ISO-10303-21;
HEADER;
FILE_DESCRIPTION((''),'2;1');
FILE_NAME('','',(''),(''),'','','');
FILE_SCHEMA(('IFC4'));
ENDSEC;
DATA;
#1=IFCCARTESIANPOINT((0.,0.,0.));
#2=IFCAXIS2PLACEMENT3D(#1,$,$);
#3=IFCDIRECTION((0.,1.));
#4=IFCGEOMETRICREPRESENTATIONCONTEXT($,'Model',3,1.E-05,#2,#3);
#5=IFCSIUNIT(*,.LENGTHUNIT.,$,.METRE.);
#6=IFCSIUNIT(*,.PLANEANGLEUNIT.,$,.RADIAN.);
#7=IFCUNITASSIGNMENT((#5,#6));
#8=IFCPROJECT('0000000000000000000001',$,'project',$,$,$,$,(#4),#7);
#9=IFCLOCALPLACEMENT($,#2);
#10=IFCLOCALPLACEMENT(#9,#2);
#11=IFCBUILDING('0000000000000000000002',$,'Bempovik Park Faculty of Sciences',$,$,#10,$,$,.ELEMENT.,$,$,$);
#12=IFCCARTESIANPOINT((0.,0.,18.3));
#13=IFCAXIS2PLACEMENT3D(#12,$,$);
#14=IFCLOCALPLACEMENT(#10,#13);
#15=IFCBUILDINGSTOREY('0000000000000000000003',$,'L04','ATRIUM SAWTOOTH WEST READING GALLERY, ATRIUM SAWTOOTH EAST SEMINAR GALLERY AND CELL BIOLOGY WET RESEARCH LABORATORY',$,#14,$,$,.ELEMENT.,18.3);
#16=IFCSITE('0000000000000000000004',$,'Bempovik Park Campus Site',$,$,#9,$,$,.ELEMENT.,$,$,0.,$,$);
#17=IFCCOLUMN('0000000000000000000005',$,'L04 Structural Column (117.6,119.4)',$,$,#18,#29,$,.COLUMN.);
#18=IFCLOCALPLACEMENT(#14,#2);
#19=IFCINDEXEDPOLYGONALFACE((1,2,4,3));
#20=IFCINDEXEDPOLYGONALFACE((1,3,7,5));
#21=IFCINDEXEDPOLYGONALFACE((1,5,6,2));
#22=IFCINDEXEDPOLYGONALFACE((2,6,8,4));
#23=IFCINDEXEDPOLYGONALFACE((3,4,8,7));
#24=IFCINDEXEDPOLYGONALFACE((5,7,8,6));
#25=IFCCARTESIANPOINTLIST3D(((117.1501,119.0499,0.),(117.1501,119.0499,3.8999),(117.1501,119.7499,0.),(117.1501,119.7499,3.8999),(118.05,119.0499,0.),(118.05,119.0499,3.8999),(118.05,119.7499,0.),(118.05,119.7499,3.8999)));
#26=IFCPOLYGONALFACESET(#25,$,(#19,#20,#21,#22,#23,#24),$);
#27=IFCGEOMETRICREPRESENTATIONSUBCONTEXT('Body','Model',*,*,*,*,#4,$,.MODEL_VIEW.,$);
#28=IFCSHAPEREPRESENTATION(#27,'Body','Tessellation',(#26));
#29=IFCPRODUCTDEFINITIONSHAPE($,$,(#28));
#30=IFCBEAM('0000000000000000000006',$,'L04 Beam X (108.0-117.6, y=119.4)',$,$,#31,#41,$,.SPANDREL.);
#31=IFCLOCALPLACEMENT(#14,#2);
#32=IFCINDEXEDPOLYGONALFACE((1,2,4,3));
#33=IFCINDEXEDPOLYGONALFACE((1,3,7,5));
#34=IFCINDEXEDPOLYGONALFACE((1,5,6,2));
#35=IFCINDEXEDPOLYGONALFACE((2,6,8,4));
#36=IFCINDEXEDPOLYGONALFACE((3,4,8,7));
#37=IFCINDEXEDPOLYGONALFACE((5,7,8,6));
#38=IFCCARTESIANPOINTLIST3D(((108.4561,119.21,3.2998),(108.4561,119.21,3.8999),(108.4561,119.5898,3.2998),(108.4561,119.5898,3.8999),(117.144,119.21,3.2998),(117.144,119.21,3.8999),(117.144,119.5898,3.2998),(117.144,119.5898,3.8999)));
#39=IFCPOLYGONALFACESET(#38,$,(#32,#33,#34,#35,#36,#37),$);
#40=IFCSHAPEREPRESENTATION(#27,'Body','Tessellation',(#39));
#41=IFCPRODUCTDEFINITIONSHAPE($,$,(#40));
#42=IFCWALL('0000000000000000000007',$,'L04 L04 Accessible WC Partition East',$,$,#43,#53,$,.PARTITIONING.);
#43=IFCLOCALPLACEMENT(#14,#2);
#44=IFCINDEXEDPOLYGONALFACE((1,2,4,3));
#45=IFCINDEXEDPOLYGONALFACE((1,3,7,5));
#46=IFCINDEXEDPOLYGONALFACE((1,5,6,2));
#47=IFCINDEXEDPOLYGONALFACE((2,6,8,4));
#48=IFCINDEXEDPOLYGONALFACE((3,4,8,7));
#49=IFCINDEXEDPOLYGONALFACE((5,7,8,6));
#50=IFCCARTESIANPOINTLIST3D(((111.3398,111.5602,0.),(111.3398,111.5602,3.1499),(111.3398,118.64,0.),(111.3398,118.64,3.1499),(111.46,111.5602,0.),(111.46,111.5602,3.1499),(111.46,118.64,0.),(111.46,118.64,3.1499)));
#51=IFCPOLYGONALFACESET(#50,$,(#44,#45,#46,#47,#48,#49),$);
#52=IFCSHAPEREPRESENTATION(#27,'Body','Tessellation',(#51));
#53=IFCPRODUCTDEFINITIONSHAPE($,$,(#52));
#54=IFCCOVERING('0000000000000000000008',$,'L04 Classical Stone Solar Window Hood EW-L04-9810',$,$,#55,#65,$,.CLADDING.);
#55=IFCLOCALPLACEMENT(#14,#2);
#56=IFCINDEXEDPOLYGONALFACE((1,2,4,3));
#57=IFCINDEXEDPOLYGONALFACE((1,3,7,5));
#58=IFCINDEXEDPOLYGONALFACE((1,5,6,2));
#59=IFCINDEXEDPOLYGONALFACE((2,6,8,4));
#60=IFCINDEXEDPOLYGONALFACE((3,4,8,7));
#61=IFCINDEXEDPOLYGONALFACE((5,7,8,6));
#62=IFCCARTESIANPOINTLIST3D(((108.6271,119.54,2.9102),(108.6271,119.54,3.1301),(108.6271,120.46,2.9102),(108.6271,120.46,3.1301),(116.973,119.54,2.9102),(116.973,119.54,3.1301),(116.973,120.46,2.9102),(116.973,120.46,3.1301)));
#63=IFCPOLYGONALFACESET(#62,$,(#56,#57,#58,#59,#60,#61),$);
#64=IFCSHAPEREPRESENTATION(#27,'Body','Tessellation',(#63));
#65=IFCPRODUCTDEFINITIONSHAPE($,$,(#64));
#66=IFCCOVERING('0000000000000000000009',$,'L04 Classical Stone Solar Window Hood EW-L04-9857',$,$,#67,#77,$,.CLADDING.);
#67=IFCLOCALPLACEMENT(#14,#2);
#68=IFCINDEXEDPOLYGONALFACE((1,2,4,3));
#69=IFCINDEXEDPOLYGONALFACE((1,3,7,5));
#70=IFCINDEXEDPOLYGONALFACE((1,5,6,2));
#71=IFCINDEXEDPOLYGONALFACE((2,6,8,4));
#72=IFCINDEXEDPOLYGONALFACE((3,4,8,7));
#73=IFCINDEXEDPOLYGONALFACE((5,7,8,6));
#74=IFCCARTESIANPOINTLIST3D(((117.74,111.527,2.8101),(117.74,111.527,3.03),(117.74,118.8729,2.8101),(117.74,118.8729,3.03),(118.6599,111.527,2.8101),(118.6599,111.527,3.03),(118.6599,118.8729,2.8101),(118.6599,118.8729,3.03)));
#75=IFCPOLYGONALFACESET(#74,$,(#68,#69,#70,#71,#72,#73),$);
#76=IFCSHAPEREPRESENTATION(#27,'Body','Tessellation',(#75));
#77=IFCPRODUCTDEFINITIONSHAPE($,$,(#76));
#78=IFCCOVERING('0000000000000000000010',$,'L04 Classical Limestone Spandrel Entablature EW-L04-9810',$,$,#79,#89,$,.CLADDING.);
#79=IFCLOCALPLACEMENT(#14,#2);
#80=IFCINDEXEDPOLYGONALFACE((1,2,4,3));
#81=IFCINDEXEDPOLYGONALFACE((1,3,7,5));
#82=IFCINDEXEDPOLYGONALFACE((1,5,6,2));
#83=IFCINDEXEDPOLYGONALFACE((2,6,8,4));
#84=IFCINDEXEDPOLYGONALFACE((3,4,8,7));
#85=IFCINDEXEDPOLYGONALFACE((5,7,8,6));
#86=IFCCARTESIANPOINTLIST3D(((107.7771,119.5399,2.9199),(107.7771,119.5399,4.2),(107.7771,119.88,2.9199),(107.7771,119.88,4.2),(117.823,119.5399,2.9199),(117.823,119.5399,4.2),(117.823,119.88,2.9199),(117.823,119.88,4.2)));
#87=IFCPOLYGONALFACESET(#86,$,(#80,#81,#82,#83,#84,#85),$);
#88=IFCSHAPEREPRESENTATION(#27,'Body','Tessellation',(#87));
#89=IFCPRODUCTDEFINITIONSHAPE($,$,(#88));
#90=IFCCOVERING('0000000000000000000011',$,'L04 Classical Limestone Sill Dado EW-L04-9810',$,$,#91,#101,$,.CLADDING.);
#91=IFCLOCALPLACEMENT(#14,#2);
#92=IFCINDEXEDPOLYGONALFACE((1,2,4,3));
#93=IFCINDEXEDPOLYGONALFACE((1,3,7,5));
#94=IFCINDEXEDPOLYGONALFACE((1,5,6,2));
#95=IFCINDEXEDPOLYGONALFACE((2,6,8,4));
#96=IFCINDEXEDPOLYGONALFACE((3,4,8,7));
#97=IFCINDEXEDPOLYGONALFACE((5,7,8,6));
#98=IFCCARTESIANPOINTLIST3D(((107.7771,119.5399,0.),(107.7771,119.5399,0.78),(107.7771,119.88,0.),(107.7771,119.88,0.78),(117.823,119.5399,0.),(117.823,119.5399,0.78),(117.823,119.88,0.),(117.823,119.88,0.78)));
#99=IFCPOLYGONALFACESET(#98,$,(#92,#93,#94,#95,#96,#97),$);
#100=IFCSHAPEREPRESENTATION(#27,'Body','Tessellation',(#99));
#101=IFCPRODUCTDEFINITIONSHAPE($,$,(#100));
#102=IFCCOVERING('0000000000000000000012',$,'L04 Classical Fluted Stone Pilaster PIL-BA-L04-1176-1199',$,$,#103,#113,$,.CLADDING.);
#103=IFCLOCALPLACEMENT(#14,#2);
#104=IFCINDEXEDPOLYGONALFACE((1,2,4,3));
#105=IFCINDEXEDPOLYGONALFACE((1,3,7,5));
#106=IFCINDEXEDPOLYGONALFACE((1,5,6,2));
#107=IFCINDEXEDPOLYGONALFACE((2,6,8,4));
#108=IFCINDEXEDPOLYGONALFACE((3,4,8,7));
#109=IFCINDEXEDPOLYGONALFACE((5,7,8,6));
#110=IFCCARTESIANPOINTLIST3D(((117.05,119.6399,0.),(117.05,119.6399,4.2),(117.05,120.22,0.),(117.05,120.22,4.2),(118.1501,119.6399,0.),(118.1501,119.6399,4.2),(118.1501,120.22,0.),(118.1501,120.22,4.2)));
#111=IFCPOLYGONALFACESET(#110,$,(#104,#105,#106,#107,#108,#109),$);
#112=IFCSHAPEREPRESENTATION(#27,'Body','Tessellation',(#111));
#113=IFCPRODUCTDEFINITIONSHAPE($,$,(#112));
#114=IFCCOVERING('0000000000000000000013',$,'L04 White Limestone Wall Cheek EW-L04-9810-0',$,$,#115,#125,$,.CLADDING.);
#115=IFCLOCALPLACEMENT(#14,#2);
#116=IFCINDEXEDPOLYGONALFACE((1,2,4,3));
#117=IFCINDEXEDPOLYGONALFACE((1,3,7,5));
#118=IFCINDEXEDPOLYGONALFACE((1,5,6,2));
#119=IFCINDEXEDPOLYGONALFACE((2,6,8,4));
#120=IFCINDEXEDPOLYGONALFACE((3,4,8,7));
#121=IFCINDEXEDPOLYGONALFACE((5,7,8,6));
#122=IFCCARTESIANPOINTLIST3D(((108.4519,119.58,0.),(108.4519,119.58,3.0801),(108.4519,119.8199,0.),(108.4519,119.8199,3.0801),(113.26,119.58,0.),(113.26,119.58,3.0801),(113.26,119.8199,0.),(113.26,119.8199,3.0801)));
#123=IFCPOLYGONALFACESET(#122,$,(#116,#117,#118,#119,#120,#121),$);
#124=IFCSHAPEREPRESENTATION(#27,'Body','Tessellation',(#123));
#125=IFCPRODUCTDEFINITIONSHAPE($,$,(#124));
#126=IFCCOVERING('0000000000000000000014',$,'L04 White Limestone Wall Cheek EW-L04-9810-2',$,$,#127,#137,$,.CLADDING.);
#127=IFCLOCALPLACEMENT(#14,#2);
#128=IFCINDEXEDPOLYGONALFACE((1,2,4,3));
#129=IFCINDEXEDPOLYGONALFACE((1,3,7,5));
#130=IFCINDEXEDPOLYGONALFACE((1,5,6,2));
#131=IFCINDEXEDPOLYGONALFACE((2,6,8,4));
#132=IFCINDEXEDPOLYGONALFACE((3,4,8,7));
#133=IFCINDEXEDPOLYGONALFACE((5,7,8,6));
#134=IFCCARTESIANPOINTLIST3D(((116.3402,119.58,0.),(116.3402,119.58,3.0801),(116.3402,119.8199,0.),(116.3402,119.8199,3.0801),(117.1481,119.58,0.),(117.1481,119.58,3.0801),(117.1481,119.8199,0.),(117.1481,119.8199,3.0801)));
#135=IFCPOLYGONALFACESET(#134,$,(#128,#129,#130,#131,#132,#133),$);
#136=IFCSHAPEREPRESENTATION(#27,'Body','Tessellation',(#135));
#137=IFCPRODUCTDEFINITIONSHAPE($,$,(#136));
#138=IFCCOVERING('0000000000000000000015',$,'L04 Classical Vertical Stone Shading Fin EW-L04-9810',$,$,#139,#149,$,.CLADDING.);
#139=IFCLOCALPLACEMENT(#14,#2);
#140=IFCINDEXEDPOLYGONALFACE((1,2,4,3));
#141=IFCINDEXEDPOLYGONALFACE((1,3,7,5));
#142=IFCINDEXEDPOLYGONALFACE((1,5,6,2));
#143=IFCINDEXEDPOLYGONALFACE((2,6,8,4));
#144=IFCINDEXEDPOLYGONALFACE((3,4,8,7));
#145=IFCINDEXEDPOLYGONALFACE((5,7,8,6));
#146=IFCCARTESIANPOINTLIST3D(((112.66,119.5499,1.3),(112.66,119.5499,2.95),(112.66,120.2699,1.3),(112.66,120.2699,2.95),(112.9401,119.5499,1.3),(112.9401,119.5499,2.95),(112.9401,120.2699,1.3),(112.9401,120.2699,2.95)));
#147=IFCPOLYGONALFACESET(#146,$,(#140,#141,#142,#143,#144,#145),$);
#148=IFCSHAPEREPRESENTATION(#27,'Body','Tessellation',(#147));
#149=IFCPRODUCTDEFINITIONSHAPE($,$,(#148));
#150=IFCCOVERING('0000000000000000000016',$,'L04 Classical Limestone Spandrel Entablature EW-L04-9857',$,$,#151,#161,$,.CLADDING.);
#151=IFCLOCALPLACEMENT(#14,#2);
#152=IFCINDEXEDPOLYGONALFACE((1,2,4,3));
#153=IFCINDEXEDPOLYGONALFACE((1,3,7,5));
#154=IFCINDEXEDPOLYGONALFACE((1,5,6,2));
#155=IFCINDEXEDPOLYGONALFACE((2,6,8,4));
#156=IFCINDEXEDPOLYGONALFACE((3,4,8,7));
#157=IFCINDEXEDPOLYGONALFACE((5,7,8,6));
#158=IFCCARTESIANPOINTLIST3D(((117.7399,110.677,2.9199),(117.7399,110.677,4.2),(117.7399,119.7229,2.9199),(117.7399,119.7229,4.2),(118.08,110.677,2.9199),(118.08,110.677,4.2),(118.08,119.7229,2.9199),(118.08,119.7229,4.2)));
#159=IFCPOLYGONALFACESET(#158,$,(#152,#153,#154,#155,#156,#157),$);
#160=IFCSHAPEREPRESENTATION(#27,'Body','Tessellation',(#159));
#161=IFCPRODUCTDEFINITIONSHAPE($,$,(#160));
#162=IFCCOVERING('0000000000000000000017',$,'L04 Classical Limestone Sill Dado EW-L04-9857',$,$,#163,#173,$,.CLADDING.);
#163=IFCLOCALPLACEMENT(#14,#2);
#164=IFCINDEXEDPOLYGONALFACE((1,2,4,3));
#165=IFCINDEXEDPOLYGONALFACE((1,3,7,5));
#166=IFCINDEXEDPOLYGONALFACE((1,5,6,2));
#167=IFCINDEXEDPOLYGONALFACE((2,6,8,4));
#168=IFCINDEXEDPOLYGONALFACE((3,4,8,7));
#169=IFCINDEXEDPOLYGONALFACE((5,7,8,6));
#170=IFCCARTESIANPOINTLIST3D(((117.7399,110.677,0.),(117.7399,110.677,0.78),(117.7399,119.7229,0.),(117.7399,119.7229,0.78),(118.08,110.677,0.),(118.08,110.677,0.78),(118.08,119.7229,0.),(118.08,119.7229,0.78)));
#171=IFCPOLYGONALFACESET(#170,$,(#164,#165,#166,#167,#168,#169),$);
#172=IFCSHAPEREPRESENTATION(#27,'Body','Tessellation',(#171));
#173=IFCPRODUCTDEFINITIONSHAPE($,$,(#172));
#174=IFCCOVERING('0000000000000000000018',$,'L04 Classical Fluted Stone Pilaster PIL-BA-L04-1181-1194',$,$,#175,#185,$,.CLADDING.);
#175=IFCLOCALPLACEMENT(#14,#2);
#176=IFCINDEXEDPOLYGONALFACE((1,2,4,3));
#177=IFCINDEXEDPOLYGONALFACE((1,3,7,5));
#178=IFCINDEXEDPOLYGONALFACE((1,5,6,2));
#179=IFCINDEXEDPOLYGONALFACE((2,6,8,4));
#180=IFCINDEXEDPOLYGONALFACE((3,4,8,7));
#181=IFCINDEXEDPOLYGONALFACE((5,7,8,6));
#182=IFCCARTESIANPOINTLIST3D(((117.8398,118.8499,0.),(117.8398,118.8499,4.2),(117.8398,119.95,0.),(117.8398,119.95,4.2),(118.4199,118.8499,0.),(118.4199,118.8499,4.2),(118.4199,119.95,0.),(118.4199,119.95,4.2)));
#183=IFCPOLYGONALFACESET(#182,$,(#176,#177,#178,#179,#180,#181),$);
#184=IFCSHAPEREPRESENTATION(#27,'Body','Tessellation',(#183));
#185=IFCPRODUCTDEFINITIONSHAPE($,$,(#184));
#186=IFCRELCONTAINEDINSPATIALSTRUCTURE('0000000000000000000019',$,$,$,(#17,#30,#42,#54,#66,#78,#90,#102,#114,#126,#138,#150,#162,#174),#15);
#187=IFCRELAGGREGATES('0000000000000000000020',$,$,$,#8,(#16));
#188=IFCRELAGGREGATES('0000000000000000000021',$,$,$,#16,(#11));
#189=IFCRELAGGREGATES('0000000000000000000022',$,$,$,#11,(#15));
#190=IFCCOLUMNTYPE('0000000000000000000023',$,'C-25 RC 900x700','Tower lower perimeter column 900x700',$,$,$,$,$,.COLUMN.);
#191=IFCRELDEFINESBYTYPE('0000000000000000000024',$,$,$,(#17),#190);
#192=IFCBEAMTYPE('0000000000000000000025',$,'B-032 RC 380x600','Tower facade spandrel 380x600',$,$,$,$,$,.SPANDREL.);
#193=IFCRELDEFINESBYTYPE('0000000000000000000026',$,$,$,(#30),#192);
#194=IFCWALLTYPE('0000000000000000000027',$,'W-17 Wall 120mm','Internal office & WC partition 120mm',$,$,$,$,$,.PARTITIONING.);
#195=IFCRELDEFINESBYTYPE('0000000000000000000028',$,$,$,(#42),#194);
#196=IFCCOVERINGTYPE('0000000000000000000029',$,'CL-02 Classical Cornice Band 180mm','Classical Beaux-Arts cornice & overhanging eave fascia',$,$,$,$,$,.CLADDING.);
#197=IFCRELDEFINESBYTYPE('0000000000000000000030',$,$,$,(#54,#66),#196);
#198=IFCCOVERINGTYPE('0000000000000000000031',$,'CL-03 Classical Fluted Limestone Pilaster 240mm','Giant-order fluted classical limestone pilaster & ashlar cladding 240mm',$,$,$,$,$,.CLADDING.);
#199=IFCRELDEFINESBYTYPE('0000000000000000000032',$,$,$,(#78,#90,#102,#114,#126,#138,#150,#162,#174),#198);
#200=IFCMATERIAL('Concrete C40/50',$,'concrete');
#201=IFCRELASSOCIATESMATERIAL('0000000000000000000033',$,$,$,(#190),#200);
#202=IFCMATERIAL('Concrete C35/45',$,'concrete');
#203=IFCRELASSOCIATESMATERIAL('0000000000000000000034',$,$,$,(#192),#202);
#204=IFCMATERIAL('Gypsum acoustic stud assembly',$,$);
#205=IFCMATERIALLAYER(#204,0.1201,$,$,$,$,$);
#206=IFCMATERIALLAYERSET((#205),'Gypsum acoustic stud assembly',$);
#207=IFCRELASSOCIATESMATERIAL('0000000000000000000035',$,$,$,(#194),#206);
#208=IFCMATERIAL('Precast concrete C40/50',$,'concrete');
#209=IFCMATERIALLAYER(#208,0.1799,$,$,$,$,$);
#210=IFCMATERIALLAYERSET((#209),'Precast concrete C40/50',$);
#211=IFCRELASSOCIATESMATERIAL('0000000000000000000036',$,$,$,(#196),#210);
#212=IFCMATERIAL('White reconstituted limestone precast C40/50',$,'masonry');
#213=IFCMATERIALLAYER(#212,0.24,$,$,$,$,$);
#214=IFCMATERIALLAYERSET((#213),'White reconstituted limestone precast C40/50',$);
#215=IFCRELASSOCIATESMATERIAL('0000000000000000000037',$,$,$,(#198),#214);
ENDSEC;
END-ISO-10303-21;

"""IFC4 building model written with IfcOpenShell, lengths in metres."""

from ifc_helpers import new_model, si_unit, direction, frame, frame_2d, origin, origin_2d, place, context, subcontext, project, spatial, rectangle, extrude, material, layer, layer_set, material_profile, profile_set, type_object, element, save


model = new_model("IFC4")

# Units and contexts
model_context = context("Model", 3, precision=1e-05, world=origin(), true_north=direction((0.0, 1.0)))
body_context = subcontext(model_context, "Body", "Model", "MODEL_VIEW")
ifc_project = project(units=[si_unit("LENGTHUNIT", "METRE"), si_unit("PLANEANGLEUNIT", "RADIAN")], contexts=[model_context])

# Site, building, storey
site_placement = place(None, origin())
site = spatial("IfcSite", under=ifc_project, at=site_placement, Name="Bempovik Park Campus Site", CompositionType="ELEMENT", RefElevation=0.0)
building_placement = place(site_placement, origin())
building = spatial("IfcBuilding", under=site, at=building_placement, Name="Bempovik Park Faculty of Sciences", CompositionType="ELEMENT")
storey_placement = place(building_placement, frame((0.0, 0.0, 18.3)))
storey = spatial("IfcBuildingStorey", under=building, at=storey_placement, Name="L04", Description="ATRIUM SAWTOOTH WEST READING GALLERY, ATRIUM SAWTOOTH EAST SEMINAR GALLERY AND CELL BIOLOGY WET RESEARCH LABORATORY", CompositionType="ELEMENT", Elevation=18.3)

# Column
ifc_material_1 = material(Name="Concrete C40/50", Category="concrete")
ifc_material_profile_1 = material_profile(ifc_material_1, rectangle(XDim=0.8999, YDim=0.7, at=origin_2d()), Name="RC 900x700")
ifc_profile_set_1 = profile_set([ifc_material_profile_1], Name="Concrete C40/50")
column_type = type_object("IfcColumnType", Name="C-25 RC 900x700", Description="Tower lower perimeter column 900x700", PredefinedType="COLUMN", material=ifc_profile_set_1)
column_placement = place(storey_placement, frame((117.6001, 119.3999, 0.0), z_axis=(0.0, 0.0, 1.0), x_axis=(1.0, 0.0, 0.0)))
element("IfcColumn", 1, at=column_placement, inside=storey, type_object=column_type, Name="L04 Structural Column (117.6,119.4)", PredefinedType="COLUMN", context=body_context, shape_type="SweptSolid", body=[
    extrude(rectangle(XDim=0.8999, YDim=0.7, at=origin_2d()), origin(), (0.0, 0.0, 1.0), 3.8999),
])

# Beam
ifc_material_2 = material(Name="Concrete C35/45", Category="concrete")
ifc_material_profile_2 = material_profile(ifc_material_2, rectangle(XDim=0.3799, YDim=0.6001, at=origin_2d()), Name="RC 380x600")
ifc_profile_set_2 = profile_set([ifc_material_profile_2], Name="Concrete C35/45")
beam_type = type_object("IfcBeamType", Name="B-032 RC 380x600", Description="Tower facade spandrel 380x600", PredefinedType="SPANDREL", material=ifc_profile_set_2)
beam_placement = place(storey_placement, frame((108.4561, 119.3999, 3.5999), z_axis=(1.0, 0.0, 0.0), x_axis=(0.0, 1.0, 0.0)))
element("IfcBeam", 2, at=beam_placement, inside=storey, type_object=beam_type, Name="L04 Beam X (108.0-117.6, y=119.4)", PredefinedType="SPANDREL", context=body_context, shape_type="SweptSolid", body=[
    extrude(rectangle(XDim=0.3799, YDim=0.6001, at=origin_2d()), origin(), (0.0, 0.0, 1.0), 8.688),
])

# Wall
ifc_material_3 = material(Name="Gypsum acoustic stud assembly")
ifc_layer_1 = layer(ifc_material_3, 0.1201)
ifc_layer_set_1 = layer_set([ifc_layer_1], Name="Gypsum acoustic stud assembly")
wall_type = type_object("IfcWallType", Name="W-17 Wall 120mm", Description="Internal office & WC partition 120mm", PredefinedType="PARTITIONING", material=ifc_layer_set_1)
wall_placement = place(storey_placement, frame((111.3999, 111.5601, 0.0), z_axis=(0.0, 0.0, 1.0), x_axis=(0.0, 1.0, 0.0)))
element("IfcWall", 3, at=wall_placement, inside=storey, type_object=wall_type, Name="L04 L04 Accessible WC Partition East", PredefinedType="PARTITIONING", context=body_context, shape_type="SweptSolid", body=[
    extrude(rectangle(XDim=7.0798, YDim=0.1201, at=frame_2d((3.54, 0.0))), origin(), (0.0, 0.0, 1.0), 3.1499),
])

# Coverings
ifc_material_4 = material(Name="Precast concrete C40/50", Category="concrete")
ifc_layer_2 = layer(ifc_material_4, 0.1799)
ifc_layer_set_2 = layer_set([ifc_layer_2], Name="Precast concrete C40/50")
covering_type_1 = type_object("IfcCoveringType", Name="CL-02 Classical Cornice Band 180mm", Description="Classical Beaux-Arts cornice & overhanging eave fascia", PredefinedType="CLADDING", material=ifc_layer_set_2)
covering_1_placement = place(storey_placement, frame((112.8, 120.0, 2.9102), z_axis=(0.0, 0.0, 1.0), x_axis=(1.0, 0.0, 0.0)))
element("IfcCovering", 4, at=covering_1_placement, inside=storey, type_object=covering_type_1, Name="L04 Classical Stone Solar Window Hood EW-L04-9810", PredefinedType="CLADDING", context=body_context, shape_type="SweptSolid", body=[
    extrude(rectangle(XDim=8.3459, YDim=0.9199, at=origin_2d()), origin(), (0.0, 0.0, 1.0), 0.22),
])
covering_2_placement = place(storey_placement, frame((118.2, 115.2, 2.8101), z_axis=(0.0, 0.0, 1.0), x_axis=(1.0, 0.0, 0.0)))
element("IfcCovering", 5, at=covering_2_placement, inside=storey, type_object=covering_type_1, Name="L04 Classical Stone Solar Window Hood EW-L04-9857", PredefinedType="CLADDING", context=body_context, shape_type="SweptSolid", body=[
    extrude(rectangle(XDim=0.9199, YDim=7.3459, at=origin_2d()), origin(), (0.0, 0.0, 1.0), 0.22),
])
ifc_material_5 = material(Name="White reconstituted limestone precast C40/50", Category="masonry")
ifc_layer_3 = layer(ifc_material_5, 0.24)
ifc_layer_set_3 = layer_set([ifc_layer_3], Name="White reconstituted limestone precast C40/50")
covering_type_2 = type_object("IfcCoveringType", Name="CL-03 Classical Fluted Limestone Pilaster 240mm", Description="Giant-order fluted classical limestone pilaster & ashlar cladding 240mm", PredefinedType="CLADDING", material=ifc_layer_set_3)
covering_3_placement = place(storey_placement, frame((112.8, 119.71, 2.9199), z_axis=(0.0, 0.0, 1.0), x_axis=(1.0, 0.0, 0.0)))
element("IfcCovering", 6, at=covering_3_placement, inside=storey, type_object=covering_type_2, Name="L04 Classical Limestone Spandrel Entablature EW-L04-9810", PredefinedType="CLADDING", context=body_context, shape_type="SweptSolid", body=[
    extrude(rectangle(XDim=10.0459, YDim=0.3401, at=origin_2d()), origin(), (0.0, 0.0, 1.0), 1.28),
])
covering_4_placement = place(storey_placement, frame((112.8, 119.71, 0.0), z_axis=(0.0, 0.0, 1.0), x_axis=(1.0, 0.0, 0.0)))
element("IfcCovering", 7, at=covering_4_placement, inside=storey, type_object=covering_type_2, Name="L04 Classical Limestone Sill Dado EW-L04-9810", PredefinedType="CLADDING", context=body_context, shape_type="SweptSolid", body=[
    extrude(rectangle(XDim=10.0459, YDim=0.3401, at=origin_2d()), origin(), (0.0, 0.0, 1.0), 0.78),
])
covering_5_placement = place(storey_placement, frame((117.6001, 119.9299, 0.0), z_axis=(0.0, 0.0, 1.0), x_axis=(1.0, 0.0, 0.0)))
element("IfcCovering", 8, at=covering_5_placement, inside=storey, type_object=covering_type_2, Name="L04 Classical Fluted Stone Pilaster PIL-BA-L04-1176-1199", PredefinedType="CLADDING", context=body_context, shape_type="SweptSolid", body=[
    extrude(rectangle(XDim=1.1001, YDim=0.5801, at=origin_2d()), origin(), (0.0, 0.0, 1.0), 4.2),
])
covering_6_placement = place(storey_placement, frame((110.856, 119.7, 0.0), z_axis=(0.0, 0.0, 1.0), x_axis=(1.0, 0.0, 0.0)))
element("IfcCovering", 9, at=covering_6_placement, inside=storey, type_object=covering_type_2, Name="L04 White Limestone Wall Cheek EW-L04-9810-0", PredefinedType="CLADDING", context=body_context, shape_type="SweptSolid", body=[
    extrude(rectangle(XDim=4.8081, YDim=0.24, at=origin_2d()), origin(), (0.0, 0.0, 1.0), 3.0801),
])
covering_7_placement = place(storey_placement, frame((116.7441, 119.7, 0.0), z_axis=(0.0, 0.0, 1.0), x_axis=(1.0, 0.0, 0.0)))
element("IfcCovering", 10, at=covering_7_placement, inside=storey, type_object=covering_type_2, Name="L04 White Limestone Wall Cheek EW-L04-9810-2", PredefinedType="CLADDING", context=body_context, shape_type="SweptSolid", body=[
    extrude(rectangle(XDim=0.8079, YDim=0.24, at=origin_2d()), origin(), (0.0, 0.0, 1.0), 3.0801),
])
covering_8_placement = place(storey_placement, frame((112.8, 119.9099, 1.3), z_axis=(0.0, 0.0, 1.0), x_axis=(1.0, 0.0, 0.0)))
element("IfcCovering", 11, at=covering_8_placement, inside=storey, type_object=covering_type_2, Name="L04 Classical Vertical Stone Shading Fin EW-L04-9810", PredefinedType="CLADDING", context=body_context, shape_type="SweptSolid", body=[
    extrude(rectangle(XDim=0.28, YDim=0.72, at=origin_2d()), origin(), (0.0, 0.0, 1.0), 1.6499),
])
covering_9_placement = place(storey_placement, frame((117.9099, 115.2, 2.9199), z_axis=(0.0, 0.0, 1.0), x_axis=(1.0, 0.0, 0.0)))
element("IfcCovering", 12, at=covering_9_placement, inside=storey, type_object=covering_type_2, Name="L04 Classical Limestone Spandrel Entablature EW-L04-9857", PredefinedType="CLADDING", context=body_context, shape_type="SweptSolid", body=[
    extrude(rectangle(XDim=0.3401, YDim=9.0459, at=origin_2d()), origin(), (0.0, 0.0, 1.0), 1.28),
])
covering_10_placement = place(storey_placement, frame((117.9099, 115.2, 0.0), z_axis=(0.0, 0.0, 1.0), x_axis=(1.0, 0.0, 0.0)))
element("IfcCovering", 13, at=covering_10_placement, inside=storey, type_object=covering_type_2, Name="L04 Classical Limestone Sill Dado EW-L04-9857", PredefinedType="CLADDING", context=body_context, shape_type="SweptSolid", body=[
    extrude(rectangle(XDim=0.3401, YDim=9.0459, at=origin_2d()), origin(), (0.0, 0.0, 1.0), 0.78),
])
covering_11_placement = place(storey_placement, frame((118.1299, 119.3999, 0.0), z_axis=(0.0, 0.0, 1.0), x_axis=(1.0, 0.0, 0.0)))
element("IfcCovering", 14, at=covering_11_placement, inside=storey, type_object=covering_type_2, Name="L04 Classical Fluted Stone Pilaster PIL-BA-L04-1181-1194", PredefinedType="CLADDING", context=body_context, shape_type="SweptSolid", body=[
    extrude(rectangle(XDim=0.5801, YDim=1.1001, at=origin_2d()), origin(), (0.0, 0.0, 1.0), 4.2),
])

save(model, "model.ifc")
